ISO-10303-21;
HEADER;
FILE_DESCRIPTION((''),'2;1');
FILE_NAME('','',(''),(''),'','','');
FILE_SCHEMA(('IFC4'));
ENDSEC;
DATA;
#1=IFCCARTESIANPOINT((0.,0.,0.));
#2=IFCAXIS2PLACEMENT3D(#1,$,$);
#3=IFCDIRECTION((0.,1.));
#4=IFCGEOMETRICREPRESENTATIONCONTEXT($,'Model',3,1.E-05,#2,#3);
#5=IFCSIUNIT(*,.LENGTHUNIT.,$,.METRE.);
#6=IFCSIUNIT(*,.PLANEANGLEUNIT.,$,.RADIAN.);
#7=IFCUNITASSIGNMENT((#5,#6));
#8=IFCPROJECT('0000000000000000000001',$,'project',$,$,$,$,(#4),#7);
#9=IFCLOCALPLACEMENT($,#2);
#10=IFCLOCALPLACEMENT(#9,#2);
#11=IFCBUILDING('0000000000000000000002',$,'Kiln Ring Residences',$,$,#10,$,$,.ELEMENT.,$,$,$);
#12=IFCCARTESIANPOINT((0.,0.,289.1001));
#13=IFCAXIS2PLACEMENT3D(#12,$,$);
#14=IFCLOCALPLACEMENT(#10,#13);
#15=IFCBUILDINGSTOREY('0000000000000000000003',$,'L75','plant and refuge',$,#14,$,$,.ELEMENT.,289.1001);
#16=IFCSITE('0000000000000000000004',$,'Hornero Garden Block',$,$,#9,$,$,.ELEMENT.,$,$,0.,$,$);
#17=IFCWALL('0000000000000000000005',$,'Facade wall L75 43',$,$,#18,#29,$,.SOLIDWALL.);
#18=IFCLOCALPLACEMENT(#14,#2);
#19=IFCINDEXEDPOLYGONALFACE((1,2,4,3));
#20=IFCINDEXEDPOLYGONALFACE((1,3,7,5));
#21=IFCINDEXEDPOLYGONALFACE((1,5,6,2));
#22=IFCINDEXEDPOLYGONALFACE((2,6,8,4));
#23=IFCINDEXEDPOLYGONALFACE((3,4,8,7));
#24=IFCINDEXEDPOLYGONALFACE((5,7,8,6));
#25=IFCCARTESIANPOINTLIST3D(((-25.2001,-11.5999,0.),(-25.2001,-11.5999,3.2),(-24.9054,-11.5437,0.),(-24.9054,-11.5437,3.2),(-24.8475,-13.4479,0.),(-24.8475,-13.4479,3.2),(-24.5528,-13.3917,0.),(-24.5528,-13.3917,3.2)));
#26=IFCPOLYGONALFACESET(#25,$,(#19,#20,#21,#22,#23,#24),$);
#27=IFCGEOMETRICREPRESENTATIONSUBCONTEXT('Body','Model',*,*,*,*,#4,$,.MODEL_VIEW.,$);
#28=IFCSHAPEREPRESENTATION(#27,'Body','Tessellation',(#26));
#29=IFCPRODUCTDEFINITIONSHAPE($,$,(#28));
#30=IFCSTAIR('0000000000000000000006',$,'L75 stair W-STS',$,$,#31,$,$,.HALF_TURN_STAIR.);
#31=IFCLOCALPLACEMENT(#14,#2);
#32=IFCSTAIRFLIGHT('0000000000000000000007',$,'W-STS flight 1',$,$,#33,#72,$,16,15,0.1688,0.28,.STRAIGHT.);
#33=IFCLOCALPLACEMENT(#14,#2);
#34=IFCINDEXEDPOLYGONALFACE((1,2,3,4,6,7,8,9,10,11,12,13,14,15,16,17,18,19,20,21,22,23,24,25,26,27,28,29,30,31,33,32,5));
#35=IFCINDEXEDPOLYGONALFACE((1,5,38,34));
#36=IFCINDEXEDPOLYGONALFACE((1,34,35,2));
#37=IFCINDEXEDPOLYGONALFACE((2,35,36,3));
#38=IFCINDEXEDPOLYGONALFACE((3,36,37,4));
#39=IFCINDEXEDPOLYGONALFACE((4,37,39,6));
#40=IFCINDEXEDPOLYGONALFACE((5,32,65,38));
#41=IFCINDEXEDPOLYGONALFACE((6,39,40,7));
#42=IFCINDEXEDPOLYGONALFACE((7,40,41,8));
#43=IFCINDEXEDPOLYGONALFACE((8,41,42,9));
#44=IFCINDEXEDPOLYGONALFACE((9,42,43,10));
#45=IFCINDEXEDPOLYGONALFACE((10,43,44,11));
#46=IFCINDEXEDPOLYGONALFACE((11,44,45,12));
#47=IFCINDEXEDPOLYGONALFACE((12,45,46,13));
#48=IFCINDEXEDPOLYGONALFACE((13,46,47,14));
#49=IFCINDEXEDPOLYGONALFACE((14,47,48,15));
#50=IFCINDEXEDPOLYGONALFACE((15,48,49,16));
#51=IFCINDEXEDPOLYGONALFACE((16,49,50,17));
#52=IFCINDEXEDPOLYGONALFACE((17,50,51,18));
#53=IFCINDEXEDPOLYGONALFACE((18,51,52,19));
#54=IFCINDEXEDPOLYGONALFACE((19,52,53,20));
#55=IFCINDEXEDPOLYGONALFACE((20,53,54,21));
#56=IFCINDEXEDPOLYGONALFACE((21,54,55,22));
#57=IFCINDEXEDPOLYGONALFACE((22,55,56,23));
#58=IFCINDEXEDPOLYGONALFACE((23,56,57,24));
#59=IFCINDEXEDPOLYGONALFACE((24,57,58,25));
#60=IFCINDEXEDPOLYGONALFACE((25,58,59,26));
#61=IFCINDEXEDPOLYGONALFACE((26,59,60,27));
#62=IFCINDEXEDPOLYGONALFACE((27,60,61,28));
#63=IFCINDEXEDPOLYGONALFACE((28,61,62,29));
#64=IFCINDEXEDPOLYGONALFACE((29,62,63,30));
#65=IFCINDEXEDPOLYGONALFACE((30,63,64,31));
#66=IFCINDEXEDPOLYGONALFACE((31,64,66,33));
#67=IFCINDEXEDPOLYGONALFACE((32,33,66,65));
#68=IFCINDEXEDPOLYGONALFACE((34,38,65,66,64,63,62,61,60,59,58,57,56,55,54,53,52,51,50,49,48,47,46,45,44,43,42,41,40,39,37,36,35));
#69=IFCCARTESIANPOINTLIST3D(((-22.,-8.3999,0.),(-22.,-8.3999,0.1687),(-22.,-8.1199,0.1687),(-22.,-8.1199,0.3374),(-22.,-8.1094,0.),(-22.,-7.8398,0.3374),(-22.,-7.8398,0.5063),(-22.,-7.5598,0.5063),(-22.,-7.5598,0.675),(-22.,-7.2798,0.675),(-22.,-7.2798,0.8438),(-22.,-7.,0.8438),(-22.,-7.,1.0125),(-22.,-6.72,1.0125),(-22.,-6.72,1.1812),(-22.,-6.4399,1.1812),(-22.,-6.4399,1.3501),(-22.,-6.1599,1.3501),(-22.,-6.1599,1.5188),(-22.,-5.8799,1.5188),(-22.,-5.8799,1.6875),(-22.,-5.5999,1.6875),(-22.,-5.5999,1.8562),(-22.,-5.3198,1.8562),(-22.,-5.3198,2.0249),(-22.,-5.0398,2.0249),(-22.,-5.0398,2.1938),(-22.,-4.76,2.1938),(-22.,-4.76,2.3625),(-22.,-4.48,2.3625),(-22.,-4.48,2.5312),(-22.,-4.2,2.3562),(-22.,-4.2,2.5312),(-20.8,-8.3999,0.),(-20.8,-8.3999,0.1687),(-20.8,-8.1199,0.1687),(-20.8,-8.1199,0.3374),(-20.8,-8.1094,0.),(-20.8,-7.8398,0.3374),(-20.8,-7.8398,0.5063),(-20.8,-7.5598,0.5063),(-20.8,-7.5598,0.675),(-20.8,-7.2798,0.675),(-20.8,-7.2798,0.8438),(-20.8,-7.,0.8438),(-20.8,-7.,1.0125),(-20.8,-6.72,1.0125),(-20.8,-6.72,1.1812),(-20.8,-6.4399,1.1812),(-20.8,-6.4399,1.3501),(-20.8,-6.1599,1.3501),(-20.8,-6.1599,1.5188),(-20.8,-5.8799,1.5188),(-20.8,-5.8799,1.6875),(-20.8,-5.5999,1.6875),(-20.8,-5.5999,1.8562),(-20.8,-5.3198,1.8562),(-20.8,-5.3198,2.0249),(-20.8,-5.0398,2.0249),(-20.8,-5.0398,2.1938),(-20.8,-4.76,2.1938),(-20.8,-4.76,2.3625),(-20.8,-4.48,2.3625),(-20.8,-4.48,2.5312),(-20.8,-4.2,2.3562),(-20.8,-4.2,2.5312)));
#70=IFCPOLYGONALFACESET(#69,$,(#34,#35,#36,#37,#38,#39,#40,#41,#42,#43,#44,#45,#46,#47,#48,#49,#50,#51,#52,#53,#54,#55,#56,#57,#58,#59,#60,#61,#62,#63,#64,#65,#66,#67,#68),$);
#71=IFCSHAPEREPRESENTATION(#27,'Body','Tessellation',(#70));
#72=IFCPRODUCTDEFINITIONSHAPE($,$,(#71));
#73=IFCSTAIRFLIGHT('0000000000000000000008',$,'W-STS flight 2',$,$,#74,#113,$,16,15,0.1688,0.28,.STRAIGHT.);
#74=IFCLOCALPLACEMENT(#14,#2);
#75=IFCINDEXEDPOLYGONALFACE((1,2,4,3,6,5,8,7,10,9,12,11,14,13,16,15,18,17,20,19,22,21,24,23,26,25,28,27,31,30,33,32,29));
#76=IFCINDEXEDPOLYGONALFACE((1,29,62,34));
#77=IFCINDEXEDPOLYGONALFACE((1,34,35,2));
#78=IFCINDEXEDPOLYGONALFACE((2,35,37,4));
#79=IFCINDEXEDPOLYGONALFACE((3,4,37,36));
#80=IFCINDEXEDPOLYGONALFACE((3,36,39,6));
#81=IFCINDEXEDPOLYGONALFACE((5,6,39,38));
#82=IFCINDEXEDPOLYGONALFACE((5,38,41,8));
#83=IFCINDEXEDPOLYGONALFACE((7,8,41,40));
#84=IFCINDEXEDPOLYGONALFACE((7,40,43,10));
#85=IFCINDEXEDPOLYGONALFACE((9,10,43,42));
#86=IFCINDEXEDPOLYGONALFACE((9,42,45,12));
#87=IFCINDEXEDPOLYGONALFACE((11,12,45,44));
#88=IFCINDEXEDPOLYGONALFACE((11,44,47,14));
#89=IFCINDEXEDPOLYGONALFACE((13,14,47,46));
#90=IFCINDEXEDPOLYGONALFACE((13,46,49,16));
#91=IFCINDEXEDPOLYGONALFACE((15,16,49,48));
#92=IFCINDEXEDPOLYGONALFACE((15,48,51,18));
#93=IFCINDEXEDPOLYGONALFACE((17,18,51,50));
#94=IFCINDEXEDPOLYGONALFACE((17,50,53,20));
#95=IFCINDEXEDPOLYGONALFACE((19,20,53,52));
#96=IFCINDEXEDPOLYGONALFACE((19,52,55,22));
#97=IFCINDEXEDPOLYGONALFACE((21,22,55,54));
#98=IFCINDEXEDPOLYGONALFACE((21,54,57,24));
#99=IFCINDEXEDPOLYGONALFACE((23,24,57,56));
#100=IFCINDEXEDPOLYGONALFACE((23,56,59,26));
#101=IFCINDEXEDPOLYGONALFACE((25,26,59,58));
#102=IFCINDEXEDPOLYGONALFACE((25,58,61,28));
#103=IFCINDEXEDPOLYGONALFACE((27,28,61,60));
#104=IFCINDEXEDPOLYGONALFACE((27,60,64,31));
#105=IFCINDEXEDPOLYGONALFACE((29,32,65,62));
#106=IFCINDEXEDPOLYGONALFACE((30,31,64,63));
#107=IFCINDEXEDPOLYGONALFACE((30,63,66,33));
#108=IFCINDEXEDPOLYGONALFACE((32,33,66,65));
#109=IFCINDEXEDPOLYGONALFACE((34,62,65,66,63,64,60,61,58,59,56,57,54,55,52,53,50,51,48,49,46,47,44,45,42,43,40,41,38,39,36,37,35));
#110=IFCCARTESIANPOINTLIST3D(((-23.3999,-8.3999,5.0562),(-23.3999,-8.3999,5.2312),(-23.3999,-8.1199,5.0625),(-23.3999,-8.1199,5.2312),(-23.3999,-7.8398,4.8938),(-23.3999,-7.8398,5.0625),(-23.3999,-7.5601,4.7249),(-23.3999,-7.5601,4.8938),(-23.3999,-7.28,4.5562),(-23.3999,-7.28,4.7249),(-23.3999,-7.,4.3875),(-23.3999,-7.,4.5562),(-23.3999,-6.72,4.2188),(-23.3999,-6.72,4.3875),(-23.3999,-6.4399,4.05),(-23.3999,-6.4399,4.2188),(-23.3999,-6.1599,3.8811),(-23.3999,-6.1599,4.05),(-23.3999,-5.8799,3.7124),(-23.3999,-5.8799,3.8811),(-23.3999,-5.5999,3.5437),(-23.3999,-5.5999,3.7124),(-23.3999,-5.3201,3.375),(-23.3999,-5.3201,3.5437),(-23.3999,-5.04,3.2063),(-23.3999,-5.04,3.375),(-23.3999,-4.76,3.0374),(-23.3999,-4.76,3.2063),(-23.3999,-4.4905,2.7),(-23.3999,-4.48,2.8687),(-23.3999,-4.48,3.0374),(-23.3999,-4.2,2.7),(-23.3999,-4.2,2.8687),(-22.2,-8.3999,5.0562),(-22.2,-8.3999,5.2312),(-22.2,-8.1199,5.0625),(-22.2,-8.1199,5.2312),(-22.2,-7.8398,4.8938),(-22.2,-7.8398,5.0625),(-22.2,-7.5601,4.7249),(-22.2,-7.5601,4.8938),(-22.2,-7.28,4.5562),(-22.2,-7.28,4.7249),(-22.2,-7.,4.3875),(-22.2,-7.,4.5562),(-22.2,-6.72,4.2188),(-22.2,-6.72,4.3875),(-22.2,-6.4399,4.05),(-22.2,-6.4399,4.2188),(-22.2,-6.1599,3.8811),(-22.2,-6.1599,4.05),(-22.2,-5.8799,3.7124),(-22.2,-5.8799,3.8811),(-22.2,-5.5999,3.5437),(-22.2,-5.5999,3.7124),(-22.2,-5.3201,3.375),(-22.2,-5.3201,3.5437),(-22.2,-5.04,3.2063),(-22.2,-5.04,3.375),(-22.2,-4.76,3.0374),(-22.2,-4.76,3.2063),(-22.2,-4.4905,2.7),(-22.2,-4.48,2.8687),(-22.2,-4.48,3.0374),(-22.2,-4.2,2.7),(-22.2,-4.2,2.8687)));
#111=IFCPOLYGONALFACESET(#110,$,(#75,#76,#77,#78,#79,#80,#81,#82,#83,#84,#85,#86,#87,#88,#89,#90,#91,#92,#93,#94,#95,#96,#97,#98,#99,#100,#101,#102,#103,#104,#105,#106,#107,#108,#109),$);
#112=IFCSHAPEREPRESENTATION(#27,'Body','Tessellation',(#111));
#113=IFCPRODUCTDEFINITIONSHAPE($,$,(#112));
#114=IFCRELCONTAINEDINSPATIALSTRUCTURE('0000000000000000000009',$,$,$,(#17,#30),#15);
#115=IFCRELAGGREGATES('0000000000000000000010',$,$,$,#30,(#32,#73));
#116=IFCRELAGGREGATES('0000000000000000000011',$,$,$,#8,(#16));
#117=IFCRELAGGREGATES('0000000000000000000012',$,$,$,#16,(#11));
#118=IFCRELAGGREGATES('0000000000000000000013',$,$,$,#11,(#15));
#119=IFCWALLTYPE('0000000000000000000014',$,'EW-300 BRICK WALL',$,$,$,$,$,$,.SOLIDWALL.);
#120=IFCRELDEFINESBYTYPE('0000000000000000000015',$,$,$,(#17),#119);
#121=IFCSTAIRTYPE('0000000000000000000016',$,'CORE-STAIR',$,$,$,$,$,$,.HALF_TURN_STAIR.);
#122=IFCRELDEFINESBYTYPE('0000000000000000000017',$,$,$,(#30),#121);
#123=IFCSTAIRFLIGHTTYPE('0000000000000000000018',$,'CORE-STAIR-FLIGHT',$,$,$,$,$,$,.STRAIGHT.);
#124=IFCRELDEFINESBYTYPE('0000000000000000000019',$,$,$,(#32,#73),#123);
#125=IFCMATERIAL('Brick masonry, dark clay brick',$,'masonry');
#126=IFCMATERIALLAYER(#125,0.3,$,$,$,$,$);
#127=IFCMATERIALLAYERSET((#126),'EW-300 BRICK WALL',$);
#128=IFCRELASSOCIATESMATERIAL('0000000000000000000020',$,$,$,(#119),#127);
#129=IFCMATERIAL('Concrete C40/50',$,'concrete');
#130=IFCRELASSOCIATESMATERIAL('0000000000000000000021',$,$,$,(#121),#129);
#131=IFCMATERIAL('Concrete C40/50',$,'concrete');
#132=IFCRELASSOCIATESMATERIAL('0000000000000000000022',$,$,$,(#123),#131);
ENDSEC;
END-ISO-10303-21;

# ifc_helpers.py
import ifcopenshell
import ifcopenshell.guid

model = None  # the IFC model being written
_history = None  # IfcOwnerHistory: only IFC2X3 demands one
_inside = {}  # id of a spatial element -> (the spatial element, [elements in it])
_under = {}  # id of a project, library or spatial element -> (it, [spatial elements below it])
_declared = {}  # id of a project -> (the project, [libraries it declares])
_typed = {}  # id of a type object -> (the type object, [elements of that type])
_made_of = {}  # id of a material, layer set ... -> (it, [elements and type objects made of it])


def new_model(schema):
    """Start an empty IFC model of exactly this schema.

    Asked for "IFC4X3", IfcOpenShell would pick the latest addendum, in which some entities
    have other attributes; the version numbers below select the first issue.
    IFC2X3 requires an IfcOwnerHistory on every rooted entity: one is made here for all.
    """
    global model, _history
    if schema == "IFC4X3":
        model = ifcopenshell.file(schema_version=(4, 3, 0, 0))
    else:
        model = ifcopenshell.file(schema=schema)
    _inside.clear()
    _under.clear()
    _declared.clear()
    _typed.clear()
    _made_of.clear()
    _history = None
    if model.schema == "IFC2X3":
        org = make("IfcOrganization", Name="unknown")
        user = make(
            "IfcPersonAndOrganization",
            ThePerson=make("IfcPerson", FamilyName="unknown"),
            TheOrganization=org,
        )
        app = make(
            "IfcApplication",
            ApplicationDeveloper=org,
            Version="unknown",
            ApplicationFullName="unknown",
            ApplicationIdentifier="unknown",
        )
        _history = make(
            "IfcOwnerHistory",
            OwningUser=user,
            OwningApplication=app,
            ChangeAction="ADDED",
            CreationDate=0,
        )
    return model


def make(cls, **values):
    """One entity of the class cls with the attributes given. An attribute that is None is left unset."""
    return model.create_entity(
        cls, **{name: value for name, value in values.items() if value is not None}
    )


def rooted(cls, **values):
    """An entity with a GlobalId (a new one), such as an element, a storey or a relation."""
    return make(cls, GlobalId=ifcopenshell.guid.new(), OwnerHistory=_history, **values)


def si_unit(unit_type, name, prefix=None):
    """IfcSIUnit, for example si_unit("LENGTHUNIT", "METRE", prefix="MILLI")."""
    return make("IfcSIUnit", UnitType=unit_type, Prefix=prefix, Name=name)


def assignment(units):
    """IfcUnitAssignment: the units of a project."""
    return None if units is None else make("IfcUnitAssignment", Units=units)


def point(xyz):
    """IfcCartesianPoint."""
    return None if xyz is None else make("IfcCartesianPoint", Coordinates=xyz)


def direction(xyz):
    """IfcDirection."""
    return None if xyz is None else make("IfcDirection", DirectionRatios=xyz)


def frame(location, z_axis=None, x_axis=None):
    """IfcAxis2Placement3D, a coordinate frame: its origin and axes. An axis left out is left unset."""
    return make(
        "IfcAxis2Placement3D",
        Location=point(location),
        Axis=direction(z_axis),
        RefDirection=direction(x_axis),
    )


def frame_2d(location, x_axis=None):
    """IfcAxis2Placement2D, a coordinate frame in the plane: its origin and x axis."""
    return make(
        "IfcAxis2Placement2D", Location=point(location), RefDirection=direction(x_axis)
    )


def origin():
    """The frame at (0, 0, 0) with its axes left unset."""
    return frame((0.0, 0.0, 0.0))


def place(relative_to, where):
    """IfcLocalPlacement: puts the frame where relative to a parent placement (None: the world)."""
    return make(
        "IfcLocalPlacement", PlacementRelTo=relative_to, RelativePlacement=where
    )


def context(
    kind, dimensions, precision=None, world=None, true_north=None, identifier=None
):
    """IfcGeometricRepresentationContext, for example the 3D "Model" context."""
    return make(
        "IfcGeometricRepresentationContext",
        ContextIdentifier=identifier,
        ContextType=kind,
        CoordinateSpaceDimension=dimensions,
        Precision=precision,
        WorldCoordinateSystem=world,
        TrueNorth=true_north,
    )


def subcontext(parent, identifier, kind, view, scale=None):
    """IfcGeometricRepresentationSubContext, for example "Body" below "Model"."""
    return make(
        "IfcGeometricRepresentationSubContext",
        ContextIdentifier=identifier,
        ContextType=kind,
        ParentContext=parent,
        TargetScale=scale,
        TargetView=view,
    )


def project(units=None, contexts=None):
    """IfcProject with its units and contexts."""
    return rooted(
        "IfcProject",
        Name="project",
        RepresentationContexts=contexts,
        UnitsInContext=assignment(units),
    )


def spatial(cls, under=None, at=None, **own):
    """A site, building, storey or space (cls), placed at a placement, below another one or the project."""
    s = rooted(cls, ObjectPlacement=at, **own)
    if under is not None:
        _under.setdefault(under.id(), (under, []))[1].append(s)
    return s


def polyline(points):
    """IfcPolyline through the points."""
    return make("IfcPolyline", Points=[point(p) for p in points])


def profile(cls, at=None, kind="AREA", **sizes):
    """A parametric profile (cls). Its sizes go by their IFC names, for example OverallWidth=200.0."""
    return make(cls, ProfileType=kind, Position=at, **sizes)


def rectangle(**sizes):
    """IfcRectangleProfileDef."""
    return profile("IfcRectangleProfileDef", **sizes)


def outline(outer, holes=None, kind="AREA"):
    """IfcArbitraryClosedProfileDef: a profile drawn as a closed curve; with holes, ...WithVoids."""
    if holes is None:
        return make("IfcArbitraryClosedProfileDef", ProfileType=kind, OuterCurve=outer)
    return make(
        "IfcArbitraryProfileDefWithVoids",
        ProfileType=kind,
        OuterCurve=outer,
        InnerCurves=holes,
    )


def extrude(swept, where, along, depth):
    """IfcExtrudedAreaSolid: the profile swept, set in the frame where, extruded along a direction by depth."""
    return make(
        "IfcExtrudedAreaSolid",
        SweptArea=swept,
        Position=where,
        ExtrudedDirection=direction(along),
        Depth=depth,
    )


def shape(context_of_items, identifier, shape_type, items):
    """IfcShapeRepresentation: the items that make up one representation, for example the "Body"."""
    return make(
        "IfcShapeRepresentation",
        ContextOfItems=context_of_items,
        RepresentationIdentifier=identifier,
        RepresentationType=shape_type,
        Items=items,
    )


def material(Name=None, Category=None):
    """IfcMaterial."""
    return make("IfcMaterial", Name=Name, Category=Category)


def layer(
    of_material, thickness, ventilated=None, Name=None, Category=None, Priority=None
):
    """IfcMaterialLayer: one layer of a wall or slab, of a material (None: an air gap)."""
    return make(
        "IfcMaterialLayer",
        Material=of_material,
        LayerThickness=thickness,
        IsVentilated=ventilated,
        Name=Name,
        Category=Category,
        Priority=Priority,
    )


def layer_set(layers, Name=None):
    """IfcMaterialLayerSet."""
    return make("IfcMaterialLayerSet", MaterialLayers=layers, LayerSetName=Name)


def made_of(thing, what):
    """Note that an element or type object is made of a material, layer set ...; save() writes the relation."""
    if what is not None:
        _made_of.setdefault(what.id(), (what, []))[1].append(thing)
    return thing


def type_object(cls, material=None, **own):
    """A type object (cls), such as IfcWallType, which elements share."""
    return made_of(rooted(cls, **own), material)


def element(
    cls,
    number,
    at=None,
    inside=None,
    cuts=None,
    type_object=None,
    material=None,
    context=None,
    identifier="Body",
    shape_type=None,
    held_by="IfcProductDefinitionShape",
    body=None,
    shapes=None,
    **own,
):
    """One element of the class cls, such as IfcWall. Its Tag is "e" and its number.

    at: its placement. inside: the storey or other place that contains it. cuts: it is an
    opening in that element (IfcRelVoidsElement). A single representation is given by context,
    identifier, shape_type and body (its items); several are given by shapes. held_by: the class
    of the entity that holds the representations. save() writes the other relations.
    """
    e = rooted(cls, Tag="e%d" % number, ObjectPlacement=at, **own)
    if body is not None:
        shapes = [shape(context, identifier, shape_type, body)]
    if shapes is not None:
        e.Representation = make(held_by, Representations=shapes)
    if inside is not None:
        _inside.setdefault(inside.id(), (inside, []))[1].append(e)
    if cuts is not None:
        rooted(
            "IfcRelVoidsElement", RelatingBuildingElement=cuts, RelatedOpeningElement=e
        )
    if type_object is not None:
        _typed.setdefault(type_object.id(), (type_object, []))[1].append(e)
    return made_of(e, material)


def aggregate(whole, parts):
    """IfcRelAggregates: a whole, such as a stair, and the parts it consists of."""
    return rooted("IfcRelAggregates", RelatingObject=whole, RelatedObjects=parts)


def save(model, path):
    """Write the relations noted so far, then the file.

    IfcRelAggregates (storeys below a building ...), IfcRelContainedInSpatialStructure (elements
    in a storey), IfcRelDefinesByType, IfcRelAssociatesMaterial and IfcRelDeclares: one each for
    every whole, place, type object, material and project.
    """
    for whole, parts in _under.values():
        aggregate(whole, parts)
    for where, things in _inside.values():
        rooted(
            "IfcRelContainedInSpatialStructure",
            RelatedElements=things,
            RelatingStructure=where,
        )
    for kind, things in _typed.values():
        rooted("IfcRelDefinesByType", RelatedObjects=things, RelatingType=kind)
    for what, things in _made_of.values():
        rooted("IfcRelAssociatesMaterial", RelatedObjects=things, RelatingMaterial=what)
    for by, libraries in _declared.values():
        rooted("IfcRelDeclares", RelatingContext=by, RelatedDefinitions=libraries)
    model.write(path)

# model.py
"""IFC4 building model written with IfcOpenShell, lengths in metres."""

from ifc_helpers import new_model, si_unit, direction, frame, frame_2d, origin, place, context, subcontext, project, spatial, polyline, rectangle, outline, extrude, material, layer, layer_set, type_object, element, aggregate, save


model = new_model("IFC4")

# Units and contexts
model_context = context("Model", 3, precision=1e-05, world=origin(), true_north=direction((0.0, 1.0)))
body_context = subcontext(model_context, "Body", "Model", "MODEL_VIEW")
ifc_project = project(units=[si_unit("LENGTHUNIT", "METRE"), si_unit("PLANEANGLEUNIT", "RADIAN")], contexts=[model_context])

# Site, building, storey
site_placement = place(None, origin())
site = spatial("IfcSite", under=ifc_project, at=site_placement, Name="Hornero Garden Block", CompositionType="ELEMENT", RefElevation=0.0)
building_placement = place(site_placement, origin())
building = spatial("IfcBuilding", under=site, at=building_placement, Name="Kiln Ring Residences", CompositionType="ELEMENT")
storey_placement = place(building_placement, frame((0.0, 0.0, 289.1001)))
storey = spatial("IfcBuildingStorey", under=building, at=storey_placement, Name="L75", Description="plant and refuge", CompositionType="ELEMENT", Elevation=289.1001)

# Wall
ifc_material_1 = material(Name="Brick masonry, dark clay brick", Category="masonry")
ifc_layer_1 = layer(ifc_material_1, 0.3)
ifc_layer_set_1 = layer_set([ifc_layer_1], Name="EW-300 BRICK WALL")
wall_type_1 = type_object("IfcWallType", Name="EW-300 BRICK WALL", PredefinedType="SOLIDWALL", material=ifc_layer_set_1)
wall_1_placement = place(storey_placement, frame((-25.0527, -11.5718, 0.0), z_axis=(0.0, 0.0, 1.0), x_axis=(0.187398, -0.982284, 0.0)))
element("IfcWall", 1, at=wall_1_placement, inside=storey, type_object=wall_type_1, Name="Facade wall L75 43", PredefinedType="SOLIDWALL", context=body_context, shape_type="SweptSolid", body=[
    extrude(rectangle(XDim=1.8813, YDim=0.3, at=frame_2d((0.9407, 0.0))), origin(), (0.0, 0.0, 1.0), 3.2),
])

# Stair, stair flights
ifc_material_2 = material(Name="Concrete C40/50", Category="concrete")
stair_type = type_object("IfcStairType", Name="CORE-STAIR", PredefinedType="HALF_TURN_STAIR", material=ifc_material_2)
stair_placement = place(storey_placement, origin())
stair = element("IfcStair", 2, at=stair_placement, inside=storey, type_object=stair_type, Name="L75 stair W-STS", PredefinedType="HALF_TURN_STAIR")
ifc_material_3 = material(Name="Concrete C40/50", Category="concrete")
stair_flight_type = type_object("IfcStairFlightType", Name="CORE-STAIR-FLIGHT", PredefinedType="STRAIGHT", material=ifc_material_3)
stair_flight_1_placement = place(storey_placement, frame((-21.3999, -8.3999, 0.0), z_axis=(0.0, 0.0, 1.0), x_axis=(0.0, 1.0, 0.0)))
stair_flight_1 = element("IfcStairFlight", 3, at=stair_flight_1_placement, type_object=stair_flight_type, Name="W-STS flight 1", NumberOfRisers=16, NumberOfTreads=15, PredefinedType="STRAIGHT", RiserHeight=0.1688, TreadLength=0.28, context=body_context, shape_type="SweptSolid", body=[
    extrude(outline(polyline([(0.0, 0.0), (0.0, 0.1687), (0.28, 0.1687), (0.28, 0.3374), (0.5601, 0.3374), (0.5601, 0.5063), (0.8401, 0.5063), (0.8401, 0.675), (1.1201, 0.675), (1.1201, 0.8438), (1.3999, 0.8438), (1.3999, 1.0125), (1.6799, 1.0125), (1.6799, 1.1812), (1.96, 1.1812), (1.96, 1.3501), (2.24, 1.3501), (2.24, 1.5188), (2.52, 1.5188), (2.52, 1.6875), (2.8, 1.6875), (2.8, 1.8562), (3.0801, 1.8562), (3.0801, 2.0249), (3.3601, 2.0249), (3.3601, 2.1938), (3.6399, 2.1938), (3.6399, 2.3625), (3.9199, 2.3625), (3.9199, 2.5312), (4.2, 2.5312), (4.2, 2.7), (4.2, 2.3562), (0.2905, 0.0), (0.0, 0.0)])), frame((0.0, 0.6001, 0.0), z_axis=(0.0, -1.0, 0.0), x_axis=(1.0, 0.0, 0.0)), (0.0, 0.0, 1.0), 1.2),
])
stair_flight_2_placement = place(storey_placement, frame((-22.8, -4.2, 2.7), z_axis=(0.0, 0.0, 1.0), x_axis=(0.0, -1.0, 0.0)))
stair_flight_2 = element("IfcStairFlight", 4, at=stair_flight_2_placement, type_object=stair_flight_type, Name="W-STS flight 2", NumberOfRisers=16, NumberOfTreads=15, PredefinedType="STRAIGHT", RiserHeight=0.1688, TreadLength=0.28, context=body_context, shape_type="SweptSolid", body=[
    extrude(outline(polyline([(0.0, 0.0), (0.0, 0.1687), (0.28, 0.1687), (0.28, 0.3374), (0.5601, 0.3374), (0.5601, 0.5063), (0.8401, 0.5063), (0.8401, 0.675), (1.1201, 0.675), (1.1201, 0.8438), (1.3999, 0.8438), (1.3999, 1.0125), (1.6799, 1.0125), (1.6799, 1.1812), (1.96, 1.1812), (1.96, 1.3501), (2.24, 1.3501), (2.24, 1.5188), (2.52, 1.5188), (2.52, 1.6875), (2.8, 1.6875), (2.8, 1.8562), (3.0801, 1.8562), (3.0801, 2.0249), (3.3601, 2.0249), (3.3601, 2.1938), (3.6399, 2.1938), (3.6399, 2.3625), (3.9199, 2.3625), (3.9199, 2.5312), (4.2, 2.5312), (4.2, 2.7), (4.2, 2.3562), (0.2905, 0.0), (0.0, 0.0)])), frame((0.0, 0.6001, 0.0), z_axis=(0.0, -1.0, 0.0), x_axis=(1.0, 0.0, 0.0)), (0.0, 0.0, 1.0), 1.2),
])
aggregate(stair, [stair_flight_1, stair_flight_2])

save(model, "model.ifc")
